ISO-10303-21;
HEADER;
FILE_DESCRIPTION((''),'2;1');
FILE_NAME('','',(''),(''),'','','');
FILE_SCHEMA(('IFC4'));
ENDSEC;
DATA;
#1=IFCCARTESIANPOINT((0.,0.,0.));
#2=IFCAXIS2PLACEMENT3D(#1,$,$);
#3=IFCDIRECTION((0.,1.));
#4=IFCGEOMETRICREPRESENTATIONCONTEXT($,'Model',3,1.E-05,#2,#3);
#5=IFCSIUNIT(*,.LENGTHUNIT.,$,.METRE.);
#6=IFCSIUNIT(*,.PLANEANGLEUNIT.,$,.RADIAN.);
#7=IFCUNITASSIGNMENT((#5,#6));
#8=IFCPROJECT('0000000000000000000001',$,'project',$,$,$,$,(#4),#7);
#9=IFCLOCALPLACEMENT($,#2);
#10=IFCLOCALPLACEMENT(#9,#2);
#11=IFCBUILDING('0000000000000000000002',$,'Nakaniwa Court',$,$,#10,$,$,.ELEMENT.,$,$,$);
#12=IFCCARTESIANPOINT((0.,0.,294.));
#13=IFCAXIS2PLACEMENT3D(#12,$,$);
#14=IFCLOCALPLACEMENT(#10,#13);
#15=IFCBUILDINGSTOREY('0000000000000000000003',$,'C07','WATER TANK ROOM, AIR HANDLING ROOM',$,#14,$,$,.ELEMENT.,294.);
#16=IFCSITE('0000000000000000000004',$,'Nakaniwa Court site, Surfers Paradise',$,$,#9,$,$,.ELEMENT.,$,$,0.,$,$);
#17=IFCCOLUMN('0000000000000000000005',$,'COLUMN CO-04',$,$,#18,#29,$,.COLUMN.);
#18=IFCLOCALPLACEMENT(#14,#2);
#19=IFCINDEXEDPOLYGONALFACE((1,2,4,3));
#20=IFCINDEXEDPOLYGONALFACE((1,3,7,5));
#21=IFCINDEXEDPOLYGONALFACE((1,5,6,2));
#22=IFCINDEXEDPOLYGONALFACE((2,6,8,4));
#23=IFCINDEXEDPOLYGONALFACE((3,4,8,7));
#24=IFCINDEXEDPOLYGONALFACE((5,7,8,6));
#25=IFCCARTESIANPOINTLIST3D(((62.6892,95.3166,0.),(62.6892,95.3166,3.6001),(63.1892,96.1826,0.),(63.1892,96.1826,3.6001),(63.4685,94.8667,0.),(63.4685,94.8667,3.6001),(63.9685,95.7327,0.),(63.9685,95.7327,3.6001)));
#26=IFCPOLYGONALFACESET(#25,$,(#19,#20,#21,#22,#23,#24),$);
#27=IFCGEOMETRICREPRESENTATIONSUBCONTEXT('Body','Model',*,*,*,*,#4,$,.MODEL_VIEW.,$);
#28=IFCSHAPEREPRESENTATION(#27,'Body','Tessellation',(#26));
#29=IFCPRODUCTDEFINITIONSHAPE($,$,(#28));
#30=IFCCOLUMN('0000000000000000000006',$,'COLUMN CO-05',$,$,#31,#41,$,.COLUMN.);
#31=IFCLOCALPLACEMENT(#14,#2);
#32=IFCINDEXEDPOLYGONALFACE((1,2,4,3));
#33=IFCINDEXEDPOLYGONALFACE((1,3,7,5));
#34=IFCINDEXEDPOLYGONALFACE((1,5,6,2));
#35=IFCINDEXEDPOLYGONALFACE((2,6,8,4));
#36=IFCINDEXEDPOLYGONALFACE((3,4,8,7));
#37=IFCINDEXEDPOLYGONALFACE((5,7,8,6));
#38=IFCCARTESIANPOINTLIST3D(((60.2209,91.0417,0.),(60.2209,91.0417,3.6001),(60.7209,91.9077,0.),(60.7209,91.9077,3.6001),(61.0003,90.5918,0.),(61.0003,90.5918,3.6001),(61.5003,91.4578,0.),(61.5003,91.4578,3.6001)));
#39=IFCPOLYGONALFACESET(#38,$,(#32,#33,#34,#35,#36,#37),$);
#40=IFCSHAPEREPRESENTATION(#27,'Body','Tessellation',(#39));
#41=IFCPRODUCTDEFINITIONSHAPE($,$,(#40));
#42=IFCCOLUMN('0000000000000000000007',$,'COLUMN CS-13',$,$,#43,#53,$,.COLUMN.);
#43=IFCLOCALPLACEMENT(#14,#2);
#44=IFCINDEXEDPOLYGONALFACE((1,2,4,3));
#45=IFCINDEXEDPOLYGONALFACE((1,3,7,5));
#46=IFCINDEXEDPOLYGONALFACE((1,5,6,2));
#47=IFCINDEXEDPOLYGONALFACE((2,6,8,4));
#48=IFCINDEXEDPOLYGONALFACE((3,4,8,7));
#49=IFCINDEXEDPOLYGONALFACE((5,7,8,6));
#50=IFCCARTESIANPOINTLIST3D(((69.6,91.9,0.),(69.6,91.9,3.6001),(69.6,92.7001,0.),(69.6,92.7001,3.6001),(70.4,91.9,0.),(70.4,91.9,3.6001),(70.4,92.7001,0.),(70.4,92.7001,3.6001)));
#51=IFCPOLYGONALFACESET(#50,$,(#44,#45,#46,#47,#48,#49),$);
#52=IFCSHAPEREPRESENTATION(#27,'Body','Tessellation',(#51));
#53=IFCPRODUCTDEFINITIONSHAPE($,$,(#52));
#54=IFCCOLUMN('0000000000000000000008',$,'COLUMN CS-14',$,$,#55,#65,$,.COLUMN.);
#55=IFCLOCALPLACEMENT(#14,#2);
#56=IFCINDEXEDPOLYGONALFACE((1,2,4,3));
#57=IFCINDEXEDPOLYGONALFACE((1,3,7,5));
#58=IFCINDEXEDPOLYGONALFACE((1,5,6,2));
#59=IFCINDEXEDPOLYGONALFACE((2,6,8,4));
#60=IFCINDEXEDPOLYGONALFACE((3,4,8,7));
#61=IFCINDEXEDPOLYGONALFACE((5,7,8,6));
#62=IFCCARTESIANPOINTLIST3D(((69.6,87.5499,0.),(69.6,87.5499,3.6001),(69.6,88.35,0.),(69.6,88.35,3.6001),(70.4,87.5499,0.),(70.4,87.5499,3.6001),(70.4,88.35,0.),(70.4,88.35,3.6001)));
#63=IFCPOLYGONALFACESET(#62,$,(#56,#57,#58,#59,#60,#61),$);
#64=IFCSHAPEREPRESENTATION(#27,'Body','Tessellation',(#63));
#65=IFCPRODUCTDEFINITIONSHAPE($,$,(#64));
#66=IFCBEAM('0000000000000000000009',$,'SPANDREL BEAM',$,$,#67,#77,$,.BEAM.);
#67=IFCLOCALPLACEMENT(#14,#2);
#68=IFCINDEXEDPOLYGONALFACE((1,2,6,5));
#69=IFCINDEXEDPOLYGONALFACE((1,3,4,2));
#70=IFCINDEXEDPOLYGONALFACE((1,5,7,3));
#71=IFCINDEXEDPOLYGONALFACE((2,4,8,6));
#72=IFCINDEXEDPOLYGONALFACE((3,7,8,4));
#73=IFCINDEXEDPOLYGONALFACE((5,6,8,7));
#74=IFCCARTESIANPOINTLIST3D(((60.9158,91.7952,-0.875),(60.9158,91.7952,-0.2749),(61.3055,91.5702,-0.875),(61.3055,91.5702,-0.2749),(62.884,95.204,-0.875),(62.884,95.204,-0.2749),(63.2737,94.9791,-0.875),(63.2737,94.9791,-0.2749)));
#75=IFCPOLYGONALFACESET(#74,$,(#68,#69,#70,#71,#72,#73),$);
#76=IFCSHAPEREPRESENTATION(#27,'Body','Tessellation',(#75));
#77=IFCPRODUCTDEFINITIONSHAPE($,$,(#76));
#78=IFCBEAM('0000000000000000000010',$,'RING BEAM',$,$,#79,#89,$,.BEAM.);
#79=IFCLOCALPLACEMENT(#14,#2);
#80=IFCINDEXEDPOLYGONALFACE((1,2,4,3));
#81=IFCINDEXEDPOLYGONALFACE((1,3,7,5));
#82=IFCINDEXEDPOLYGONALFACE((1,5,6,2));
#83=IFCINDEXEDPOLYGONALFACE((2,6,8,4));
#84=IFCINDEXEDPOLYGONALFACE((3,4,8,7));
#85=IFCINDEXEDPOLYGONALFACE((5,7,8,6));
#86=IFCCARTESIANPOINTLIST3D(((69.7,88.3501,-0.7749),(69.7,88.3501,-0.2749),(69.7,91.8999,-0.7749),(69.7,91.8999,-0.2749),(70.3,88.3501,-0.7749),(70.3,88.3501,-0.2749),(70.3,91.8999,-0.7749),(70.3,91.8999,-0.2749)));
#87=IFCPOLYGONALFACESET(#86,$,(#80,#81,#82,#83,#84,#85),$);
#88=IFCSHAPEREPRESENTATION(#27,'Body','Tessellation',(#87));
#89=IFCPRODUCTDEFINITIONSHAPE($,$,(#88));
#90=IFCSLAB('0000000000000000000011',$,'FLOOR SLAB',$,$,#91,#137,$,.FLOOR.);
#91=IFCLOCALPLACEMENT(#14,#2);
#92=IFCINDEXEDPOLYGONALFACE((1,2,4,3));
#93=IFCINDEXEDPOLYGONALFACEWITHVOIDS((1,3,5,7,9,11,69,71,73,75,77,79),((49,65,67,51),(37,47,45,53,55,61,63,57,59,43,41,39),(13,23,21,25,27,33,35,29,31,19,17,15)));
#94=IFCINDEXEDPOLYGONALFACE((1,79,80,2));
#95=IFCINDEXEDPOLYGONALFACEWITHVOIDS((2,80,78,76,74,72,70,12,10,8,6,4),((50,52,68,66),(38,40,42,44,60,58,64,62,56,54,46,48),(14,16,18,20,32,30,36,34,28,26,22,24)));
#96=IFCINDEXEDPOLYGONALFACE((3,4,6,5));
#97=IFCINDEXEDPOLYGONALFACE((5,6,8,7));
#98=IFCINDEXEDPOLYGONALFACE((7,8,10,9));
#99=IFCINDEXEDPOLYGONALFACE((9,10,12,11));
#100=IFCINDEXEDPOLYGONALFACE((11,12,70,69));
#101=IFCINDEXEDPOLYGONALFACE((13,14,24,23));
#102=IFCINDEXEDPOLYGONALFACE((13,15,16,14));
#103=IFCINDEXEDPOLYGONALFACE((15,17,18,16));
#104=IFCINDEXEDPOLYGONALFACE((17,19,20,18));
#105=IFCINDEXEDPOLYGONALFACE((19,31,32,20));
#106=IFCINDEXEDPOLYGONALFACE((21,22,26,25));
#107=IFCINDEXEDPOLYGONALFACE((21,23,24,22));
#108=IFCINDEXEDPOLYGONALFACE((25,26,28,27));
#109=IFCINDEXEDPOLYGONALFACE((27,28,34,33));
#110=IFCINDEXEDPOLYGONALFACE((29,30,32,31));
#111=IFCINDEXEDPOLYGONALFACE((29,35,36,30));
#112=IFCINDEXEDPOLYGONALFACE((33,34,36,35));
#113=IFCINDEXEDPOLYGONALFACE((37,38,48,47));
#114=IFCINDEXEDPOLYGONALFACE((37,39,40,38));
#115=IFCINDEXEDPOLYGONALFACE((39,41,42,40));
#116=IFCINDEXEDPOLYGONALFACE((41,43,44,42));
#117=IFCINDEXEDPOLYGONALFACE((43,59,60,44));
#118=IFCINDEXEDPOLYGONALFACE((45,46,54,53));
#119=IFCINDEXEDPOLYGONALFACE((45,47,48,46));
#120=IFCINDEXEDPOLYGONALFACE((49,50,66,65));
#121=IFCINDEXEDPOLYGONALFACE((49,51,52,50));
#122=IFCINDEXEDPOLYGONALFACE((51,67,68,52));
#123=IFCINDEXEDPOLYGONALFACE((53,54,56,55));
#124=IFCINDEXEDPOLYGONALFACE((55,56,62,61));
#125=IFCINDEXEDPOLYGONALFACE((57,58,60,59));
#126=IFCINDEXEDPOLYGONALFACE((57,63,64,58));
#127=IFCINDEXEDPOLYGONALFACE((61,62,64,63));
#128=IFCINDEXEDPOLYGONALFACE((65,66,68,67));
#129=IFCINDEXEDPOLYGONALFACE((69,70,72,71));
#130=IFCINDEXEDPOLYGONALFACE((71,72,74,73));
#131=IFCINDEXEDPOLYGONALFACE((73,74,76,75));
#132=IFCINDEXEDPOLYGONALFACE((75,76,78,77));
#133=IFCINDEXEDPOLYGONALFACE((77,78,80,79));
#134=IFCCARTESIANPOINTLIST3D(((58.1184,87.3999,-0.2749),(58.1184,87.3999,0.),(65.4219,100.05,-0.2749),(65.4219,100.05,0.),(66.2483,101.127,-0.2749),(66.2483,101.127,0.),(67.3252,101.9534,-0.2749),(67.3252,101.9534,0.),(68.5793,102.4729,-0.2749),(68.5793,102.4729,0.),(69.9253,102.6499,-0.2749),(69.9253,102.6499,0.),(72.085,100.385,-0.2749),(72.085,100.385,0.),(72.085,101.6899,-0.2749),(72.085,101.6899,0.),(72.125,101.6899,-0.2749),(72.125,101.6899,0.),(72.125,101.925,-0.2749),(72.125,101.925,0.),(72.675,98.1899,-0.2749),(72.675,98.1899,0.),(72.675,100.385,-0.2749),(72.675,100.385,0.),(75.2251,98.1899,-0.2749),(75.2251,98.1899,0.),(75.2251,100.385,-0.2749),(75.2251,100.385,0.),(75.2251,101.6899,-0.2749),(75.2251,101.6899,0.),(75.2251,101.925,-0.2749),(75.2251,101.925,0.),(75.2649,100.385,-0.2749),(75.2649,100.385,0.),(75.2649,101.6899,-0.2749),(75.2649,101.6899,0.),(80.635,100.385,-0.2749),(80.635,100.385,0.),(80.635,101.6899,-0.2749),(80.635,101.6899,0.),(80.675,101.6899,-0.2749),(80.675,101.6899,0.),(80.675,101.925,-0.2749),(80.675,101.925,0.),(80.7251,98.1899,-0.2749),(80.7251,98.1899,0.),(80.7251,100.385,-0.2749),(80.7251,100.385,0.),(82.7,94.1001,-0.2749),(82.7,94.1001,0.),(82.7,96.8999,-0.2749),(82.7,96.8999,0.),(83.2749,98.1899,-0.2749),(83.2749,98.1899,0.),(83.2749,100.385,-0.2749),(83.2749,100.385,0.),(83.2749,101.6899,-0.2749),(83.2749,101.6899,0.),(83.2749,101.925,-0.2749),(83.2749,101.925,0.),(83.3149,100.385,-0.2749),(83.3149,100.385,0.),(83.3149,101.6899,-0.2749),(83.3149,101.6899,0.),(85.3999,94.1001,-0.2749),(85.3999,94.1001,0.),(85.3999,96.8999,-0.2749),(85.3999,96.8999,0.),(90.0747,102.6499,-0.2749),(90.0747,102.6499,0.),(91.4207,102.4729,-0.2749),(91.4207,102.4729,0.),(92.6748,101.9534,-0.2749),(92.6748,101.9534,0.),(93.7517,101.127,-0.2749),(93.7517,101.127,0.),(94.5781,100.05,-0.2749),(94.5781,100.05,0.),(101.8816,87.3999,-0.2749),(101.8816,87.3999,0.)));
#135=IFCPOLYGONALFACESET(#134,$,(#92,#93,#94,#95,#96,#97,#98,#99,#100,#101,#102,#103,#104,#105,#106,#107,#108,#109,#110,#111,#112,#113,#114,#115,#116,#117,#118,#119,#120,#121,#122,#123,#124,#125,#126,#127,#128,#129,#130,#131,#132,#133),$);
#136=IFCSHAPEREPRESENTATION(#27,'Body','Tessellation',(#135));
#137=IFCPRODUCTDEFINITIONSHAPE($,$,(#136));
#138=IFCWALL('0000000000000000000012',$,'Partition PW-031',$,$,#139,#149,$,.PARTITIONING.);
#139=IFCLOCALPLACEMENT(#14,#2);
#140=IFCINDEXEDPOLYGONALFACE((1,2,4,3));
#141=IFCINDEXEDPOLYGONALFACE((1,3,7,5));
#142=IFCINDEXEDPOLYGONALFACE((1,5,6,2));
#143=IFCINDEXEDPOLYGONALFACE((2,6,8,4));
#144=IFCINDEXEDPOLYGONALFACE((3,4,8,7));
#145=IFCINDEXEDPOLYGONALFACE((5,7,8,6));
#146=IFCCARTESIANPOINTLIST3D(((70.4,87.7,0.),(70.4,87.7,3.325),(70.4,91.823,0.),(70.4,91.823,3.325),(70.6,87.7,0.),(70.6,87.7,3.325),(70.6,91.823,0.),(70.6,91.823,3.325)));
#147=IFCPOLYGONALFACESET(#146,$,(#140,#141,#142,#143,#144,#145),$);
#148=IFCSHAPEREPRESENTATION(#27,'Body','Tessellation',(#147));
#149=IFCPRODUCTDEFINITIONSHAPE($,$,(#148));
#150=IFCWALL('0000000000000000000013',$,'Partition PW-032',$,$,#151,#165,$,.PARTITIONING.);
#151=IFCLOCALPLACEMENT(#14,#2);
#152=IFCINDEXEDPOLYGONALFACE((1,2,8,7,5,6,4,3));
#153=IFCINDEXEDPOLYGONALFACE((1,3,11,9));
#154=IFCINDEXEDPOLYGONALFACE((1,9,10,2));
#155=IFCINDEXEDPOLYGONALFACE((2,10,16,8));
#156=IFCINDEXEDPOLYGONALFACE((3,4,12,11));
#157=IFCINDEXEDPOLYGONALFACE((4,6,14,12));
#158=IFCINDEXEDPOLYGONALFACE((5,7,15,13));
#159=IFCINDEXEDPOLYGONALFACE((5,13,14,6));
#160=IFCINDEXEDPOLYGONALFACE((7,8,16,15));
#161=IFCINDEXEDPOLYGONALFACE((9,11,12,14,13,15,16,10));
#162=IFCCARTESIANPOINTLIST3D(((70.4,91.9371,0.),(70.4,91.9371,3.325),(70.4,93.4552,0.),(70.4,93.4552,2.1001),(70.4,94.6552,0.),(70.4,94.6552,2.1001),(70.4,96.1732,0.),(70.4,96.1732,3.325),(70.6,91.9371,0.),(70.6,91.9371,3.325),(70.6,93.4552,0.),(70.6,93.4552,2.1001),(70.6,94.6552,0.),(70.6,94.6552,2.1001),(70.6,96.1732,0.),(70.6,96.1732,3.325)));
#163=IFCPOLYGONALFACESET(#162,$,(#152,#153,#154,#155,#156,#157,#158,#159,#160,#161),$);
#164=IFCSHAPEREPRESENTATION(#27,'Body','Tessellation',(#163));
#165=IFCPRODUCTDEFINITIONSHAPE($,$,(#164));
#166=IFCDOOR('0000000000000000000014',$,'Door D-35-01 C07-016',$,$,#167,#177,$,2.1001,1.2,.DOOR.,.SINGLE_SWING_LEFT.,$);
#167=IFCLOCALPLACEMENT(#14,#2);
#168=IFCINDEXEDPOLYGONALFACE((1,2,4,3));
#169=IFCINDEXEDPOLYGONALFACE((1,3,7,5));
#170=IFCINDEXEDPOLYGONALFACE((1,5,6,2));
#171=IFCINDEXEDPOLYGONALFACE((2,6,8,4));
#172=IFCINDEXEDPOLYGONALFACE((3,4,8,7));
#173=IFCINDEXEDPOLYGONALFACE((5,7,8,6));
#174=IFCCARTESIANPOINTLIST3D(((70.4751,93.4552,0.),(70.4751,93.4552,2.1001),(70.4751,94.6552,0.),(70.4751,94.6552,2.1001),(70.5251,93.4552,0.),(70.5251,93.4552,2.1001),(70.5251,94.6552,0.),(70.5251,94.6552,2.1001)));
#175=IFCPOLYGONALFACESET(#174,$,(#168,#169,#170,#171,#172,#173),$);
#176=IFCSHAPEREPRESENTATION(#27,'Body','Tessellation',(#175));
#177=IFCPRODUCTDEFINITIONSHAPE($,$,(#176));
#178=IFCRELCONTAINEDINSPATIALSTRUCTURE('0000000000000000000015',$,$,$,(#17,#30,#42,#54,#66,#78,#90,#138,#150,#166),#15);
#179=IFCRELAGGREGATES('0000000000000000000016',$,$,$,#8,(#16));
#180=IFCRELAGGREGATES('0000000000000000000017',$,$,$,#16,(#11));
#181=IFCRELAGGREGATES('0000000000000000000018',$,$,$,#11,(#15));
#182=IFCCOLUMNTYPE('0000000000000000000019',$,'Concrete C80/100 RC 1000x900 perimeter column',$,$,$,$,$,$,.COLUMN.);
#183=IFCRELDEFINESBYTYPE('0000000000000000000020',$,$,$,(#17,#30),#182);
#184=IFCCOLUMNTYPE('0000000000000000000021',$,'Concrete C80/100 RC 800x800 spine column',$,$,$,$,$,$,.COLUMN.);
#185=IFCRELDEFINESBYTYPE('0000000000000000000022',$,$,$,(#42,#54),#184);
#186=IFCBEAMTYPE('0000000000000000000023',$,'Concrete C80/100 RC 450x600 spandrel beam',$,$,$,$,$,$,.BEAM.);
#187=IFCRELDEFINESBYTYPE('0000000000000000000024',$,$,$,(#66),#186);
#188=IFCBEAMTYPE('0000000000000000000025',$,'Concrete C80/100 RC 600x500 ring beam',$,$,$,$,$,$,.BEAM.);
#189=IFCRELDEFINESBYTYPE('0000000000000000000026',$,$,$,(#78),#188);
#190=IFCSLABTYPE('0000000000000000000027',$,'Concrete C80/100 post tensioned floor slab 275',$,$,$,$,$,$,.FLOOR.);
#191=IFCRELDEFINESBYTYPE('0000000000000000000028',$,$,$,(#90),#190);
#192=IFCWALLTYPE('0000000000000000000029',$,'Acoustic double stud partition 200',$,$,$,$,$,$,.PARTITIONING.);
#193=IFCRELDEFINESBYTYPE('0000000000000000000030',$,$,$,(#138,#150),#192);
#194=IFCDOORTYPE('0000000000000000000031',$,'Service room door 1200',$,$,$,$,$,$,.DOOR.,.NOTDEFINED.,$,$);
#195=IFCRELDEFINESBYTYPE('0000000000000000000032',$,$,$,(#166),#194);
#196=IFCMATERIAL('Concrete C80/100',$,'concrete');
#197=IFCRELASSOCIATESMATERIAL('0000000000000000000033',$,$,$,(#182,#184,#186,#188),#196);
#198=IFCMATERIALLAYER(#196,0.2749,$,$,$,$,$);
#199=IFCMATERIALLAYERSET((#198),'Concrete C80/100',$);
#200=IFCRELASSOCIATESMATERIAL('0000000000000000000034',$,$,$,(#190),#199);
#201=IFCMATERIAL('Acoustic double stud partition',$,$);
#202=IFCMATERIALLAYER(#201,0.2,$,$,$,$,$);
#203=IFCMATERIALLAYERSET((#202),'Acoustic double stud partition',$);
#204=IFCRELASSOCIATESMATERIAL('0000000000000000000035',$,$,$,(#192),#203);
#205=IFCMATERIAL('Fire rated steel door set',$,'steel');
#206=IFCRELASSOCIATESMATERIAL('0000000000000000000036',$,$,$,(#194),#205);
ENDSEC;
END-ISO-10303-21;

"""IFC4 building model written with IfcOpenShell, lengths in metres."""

from ifc_helpers import new_model, si_unit, direction, frame, frame_2d, origin, origin_2d, place, context, subcontext, project, spatial, polyline, rectangle, outline, extrude, material, layer, layer_set, material_profile, profile_set, type_object, element, fill, save


model = new_model("IFC4")

# Units and contexts
model_context = context("Model", 3, precision=1e-05, world=origin(), true_north=direction((0.0, 1.0)))
body_context = subcontext(model_context, "Body", "Model", "MODEL_VIEW")
ifc_project = project(units=[si_unit("LENGTHUNIT", "METRE"), si_unit("PLANEANGLEUNIT", "RADIAN")], contexts=[model_context])

# Site, building, storey
site_placement = place(None, origin())
site = spatial("IfcSite", under=ifc_project, at=site_placement, Name="Nakaniwa Court site, Surfers Paradise", CompositionType="ELEMENT", RefElevation=0.0)
building_placement = place(site_placement, origin())
building = spatial("IfcBuilding", under=site, at=building_placement, Name="Nakaniwa Court", CompositionType="ELEMENT")
storey_placement = place(building_placement, frame((0.0, 0.0, 294.0)))
storey = spatial("IfcBuildingStorey", under=building, at=storey_placement, Name="C07", Description="WATER TANK ROOM, AIR HANDLING ROOM", CompositionType="ELEMENT", Elevation=294.0)

# Columns
ifc_material_1 = material(Name="Concrete C80/100", Category="concrete")
ifc_material_profile_1 = material_profile(ifc_material_1, rectangle(XDim=1.0, YDim=0.8999, at=origin_2d()), Name="Concrete C80/100 RC 1000x900 perimeter column")
ifc_profile_set_1 = profile_set([ifc_material_profile_1], Name="Concrete C80/100")
column_type_1 = type_object("IfcColumnType", Name="Concrete C80/100 RC 1000x900 perimeter column", PredefinedType="COLUMN", material=ifc_profile_set_1)
for number, where, z_axis, x_axis, name in (
    (1, (63.3289, 95.5247, 0.0), (0.0, 0.0, 1.0), (-0.5, -0.866025, 0.0), "COLUMN CO-04"),
    (2, (60.8606, 91.2498, 0.0), (0.0, 0.0, 1.0), (-0.5, -0.866025, 0.0), "COLUMN CO-05"),
):
    element("IfcColumn", number, at=place(storey_placement, frame(where, z_axis=z_axis, x_axis=x_axis)), inside=storey, type_object=column_type_1, Name=name, PredefinedType="COLUMN", context=body_context, shape_type="SweptSolid", body=[
        extrude(rectangle(XDim=1.0, YDim=0.8999, at=origin_2d()), origin(), (0.0, 0.0, 1.0), 3.6001),
    ])
ifc_material_profile_2 = material_profile(ifc_material_1, rectangle(XDim=0.8, YDim=0.8, at=origin_2d()), Name="Concrete C80/100 RC 800x800 spine column")
ifc_profile_set_2 = profile_set([ifc_material_profile_2], Name="Concrete C80/100")
column_type_2 = type_object("IfcColumnType", Name="Concrete C80/100 RC 800x800 spine column", PredefinedType="COLUMN", material=ifc_profile_set_2)
for number, where, z_axis, x_axis, name in (
    (3, (70.0, 92.3, 0.0), (0.0, 0.0, 1.0), (0.0, -1.0, 0.0), "COLUMN CS-13"),
    (4, (70.0, 87.95, 0.0), (0.0, 0.0, 1.0), (0.0, -1.0, 0.0), "COLUMN CS-14"),
):
    element("IfcColumn", number, at=place(storey_placement, frame(where, z_axis=z_axis, x_axis=x_axis)), inside=storey, type_object=column_type_2, Name=name, PredefinedType="COLUMN", context=body_context, shape_type="SweptSolid", body=[
        extrude(rectangle(XDim=0.8, YDim=0.8, at=origin_2d()), origin(), (0.0, 0.0, 1.0), 3.6001),
    ])

# Beams
ifc_material_profile_3 = material_profile(ifc_material_1, rectangle(XDim=0.45, YDim=0.6001, at=origin_2d()), Name="Concrete C80/100 RC 450x600 spandrel beam")
ifc_profile_set_3 = profile_set([ifc_material_profile_3], Name="Concrete C80/100")
beam_type_1 = type_object("IfcBeamType", Name="Concrete C80/100 RC 450x600 spandrel beam", PredefinedType="BEAM", material=ifc_profile_set_3)
beam_1_placement = place(storey_placement, frame((63.0789, 95.0916, -0.575), z_axis=(-0.500021, -0.866013, 0.0), x_axis=(0.866013, -0.500021, 0.0)))
element("IfcBeam", 5, at=beam_1_placement, inside=storey, type_object=beam_type_1, Name="SPANDREL BEAM", PredefinedType="BEAM", context=body_context, shape_type="SweptSolid", body=[
    extrude(rectangle(XDim=0.45, YDim=0.6001, at=origin_2d()), origin(), (0.0, 0.0, 1.0), 3.9363),
])
ifc_material_profile_4 = material_profile(ifc_material_1, rectangle(XDim=0.6001, YDim=0.5, at=origin_2d()), Name="Concrete C80/100 RC 600x500 ring beam")
ifc_profile_set_4 = profile_set([ifc_material_profile_4], Name="Concrete C80/100")
beam_type_2 = type_object("IfcBeamType", Name="Concrete C80/100 RC 600x500 ring beam", PredefinedType="BEAM", material=ifc_profile_set_4)
beam_2_placement = place(storey_placement, frame((70.0, 91.8999, -0.5249), z_axis=(0.0, -1.0, 0.0), x_axis=(1.0, 0.0, 0.0)))
element("IfcBeam", 6, at=beam_2_placement, inside=storey, type_object=beam_type_2, Name="RING BEAM", PredefinedType="BEAM", context=body_context, shape_type="SweptSolid", body=[
    extrude(rectangle(XDim=0.6001, YDim=0.5, at=origin_2d()), origin(), (0.0, 0.0, 1.0), 3.5498),
])

# Slab
ifc_layer_1 = layer(ifc_material_1, 0.2749)
ifc_layer_set_1 = layer_set([ifc_layer_1], Name="Concrete C80/100")
slab_type = type_object("IfcSlabType", Name="Concrete C80/100 post tensioned floor slab 275", PredefinedType="FLOOR", material=ifc_layer_set_1)
slab_placement = place(storey_placement, frame((0.0, 0.0, -0.2749)))
element("IfcSlab", 7, at=slab_placement, inside=storey, type_object=slab_type, Name="FLOOR SLAB", PredefinedType="FLOOR", context=body_context, shape_type="SweptSolid", body=[
    extrude(outline(polyline([(65.4219, 100.05), (58.1184, 87.3999), (101.8816, 87.3999), (94.5781, 100.05), (93.7517, 101.127), (92.6748, 101.9534), (91.4207, 102.4729), (90.0747, 102.6499), (69.9253, 102.6499), (68.5793, 102.4729), (67.3252, 101.9534), (66.2483, 101.127), (65.4219, 100.05)]), holes=[polyline([(85.3999, 96.8999), (82.7, 96.8999), (82.7, 94.1001), (85.3999, 94.1001), (85.3999, 96.8999)]), polyline([(75.2251, 100.385), (75.2649, 100.385), (75.2649, 101.6899), (75.2251, 101.6899), (75.2251, 101.925), (72.125, 101.925), (72.125, 101.6899), (72.085, 101.6899), (72.085, 100.385), (72.675, 100.385), (72.675, 98.1899), (75.2251, 98.1899), (75.2251, 100.385)]), polyline([(83.2749, 101.925), (80.675, 101.925), (80.675, 101.6899), (80.635, 101.6899), (80.635, 100.385), (80.7251, 100.385), (80.7251, 98.1899), (83.2749, 98.1899), (83.2749, 100.385), (83.3149, 100.385), (83.3149, 101.6899), (83.2749, 101.6899), (83.2749, 101.925)])]), origin(), (0.0, 0.0, 1.0), 0.2749),
])

# Wall
ifc_material_2 = material(Name="Acoustic double stud partition")
ifc_layer_2 = layer(ifc_material_2, 0.2)
ifc_layer_set_2 = layer_set([ifc_layer_2], Name="Acoustic double stud partition")
wall_type_1 = type_object("IfcWallType", Name="Acoustic double stud partition 200", PredefinedType="PARTITIONING", material=ifc_layer_set_2)
wall_1_placement = place(storey_placement, frame((70.5, 87.7, 0.0), z_axis=(0.0, 0.0, 1.0), x_axis=(0.0, 1.0, 0.0)))
element("IfcWall", 8, at=wall_1_placement, inside=storey, type_object=wall_type_1, Name="Partition PW-031", PredefinedType="PARTITIONING", context=body_context, shape_type="SweptSolid", body=[
    extrude(rectangle(XDim=4.123, YDim=0.2, at=frame_2d((2.0615, 0.0))), origin(), (0.0, 0.0, 1.0), 3.325),
])

# Wall, opening, door
wall_2_placement = place(storey_placement, frame((70.5, 91.937, 0.0), z_axis=(0.0, 0.0, 1.0), x_axis=(0.0, 1.0, 0.0)))
wall_2 = element("IfcWall", 9, at=wall_2_placement, inside=storey, type_object=wall_type_1, Name="Partition PW-032", PredefinedType="PARTITIONING", context=body_context, shape_type="SweptSolid", body=[
    extrude(rectangle(XDim=4.2361, YDim=0.2, at=frame_2d((2.1182, 0.0))), origin(), (0.0, 0.0, 1.0), 3.325),
])
opening_1_placement = place(wall_2_placement, frame((1.5181, 0.0, 0.0)))
opening_1 = element("IfcOpeningElement", 10, at=opening_1_placement, cuts=wall_2, PredefinedType="OPENING", context=body_context, shape_type="SweptSolid", body=[
    extrude(rectangle(XDim=1.2, YDim=2.1001, at=frame_2d((0.6001, 1.05))), frame((0.0, 0.1099, 0.0), z_axis=(0.0, -1.0, 0.0), x_axis=(1.0, 0.0, 0.0)), (0.0, 0.0, 1.0), 0.22),
])
ifc_material_3 = material(Name="Fire rated steel door set", Category="steel")
door_type_1 = type_object("IfcDoorType", Name="Service room door 1200", OperationType="NOTDEFINED", PredefinedType="DOOR", material=ifc_material_3)
door_1_placement = place(opening_1_placement, origin())
door_1 = element("IfcDoor", 11, at=door_1_placement, inside=storey, type_object=door_type_1, Name="Door D-35-01 C07-016", OperationType="SINGLE_SWING_LEFT", OverallHeight=2.1001, OverallWidth=1.2, PredefinedType="DOOR", context=body_context, shape_type="SweptSolid", body=[
    extrude(rectangle(XDim=1.2, YDim=2.1001, at=frame_2d((0.6001, 1.05))), frame((0.0, 0.0249, 0.0), z_axis=(0.0, -1.0, 0.0), x_axis=(1.0, 0.0, 0.0)), (0.0, 0.0, 1.0), 0.05),
])
fill(opening_1, door_1)

save(model, "model.ifc")
